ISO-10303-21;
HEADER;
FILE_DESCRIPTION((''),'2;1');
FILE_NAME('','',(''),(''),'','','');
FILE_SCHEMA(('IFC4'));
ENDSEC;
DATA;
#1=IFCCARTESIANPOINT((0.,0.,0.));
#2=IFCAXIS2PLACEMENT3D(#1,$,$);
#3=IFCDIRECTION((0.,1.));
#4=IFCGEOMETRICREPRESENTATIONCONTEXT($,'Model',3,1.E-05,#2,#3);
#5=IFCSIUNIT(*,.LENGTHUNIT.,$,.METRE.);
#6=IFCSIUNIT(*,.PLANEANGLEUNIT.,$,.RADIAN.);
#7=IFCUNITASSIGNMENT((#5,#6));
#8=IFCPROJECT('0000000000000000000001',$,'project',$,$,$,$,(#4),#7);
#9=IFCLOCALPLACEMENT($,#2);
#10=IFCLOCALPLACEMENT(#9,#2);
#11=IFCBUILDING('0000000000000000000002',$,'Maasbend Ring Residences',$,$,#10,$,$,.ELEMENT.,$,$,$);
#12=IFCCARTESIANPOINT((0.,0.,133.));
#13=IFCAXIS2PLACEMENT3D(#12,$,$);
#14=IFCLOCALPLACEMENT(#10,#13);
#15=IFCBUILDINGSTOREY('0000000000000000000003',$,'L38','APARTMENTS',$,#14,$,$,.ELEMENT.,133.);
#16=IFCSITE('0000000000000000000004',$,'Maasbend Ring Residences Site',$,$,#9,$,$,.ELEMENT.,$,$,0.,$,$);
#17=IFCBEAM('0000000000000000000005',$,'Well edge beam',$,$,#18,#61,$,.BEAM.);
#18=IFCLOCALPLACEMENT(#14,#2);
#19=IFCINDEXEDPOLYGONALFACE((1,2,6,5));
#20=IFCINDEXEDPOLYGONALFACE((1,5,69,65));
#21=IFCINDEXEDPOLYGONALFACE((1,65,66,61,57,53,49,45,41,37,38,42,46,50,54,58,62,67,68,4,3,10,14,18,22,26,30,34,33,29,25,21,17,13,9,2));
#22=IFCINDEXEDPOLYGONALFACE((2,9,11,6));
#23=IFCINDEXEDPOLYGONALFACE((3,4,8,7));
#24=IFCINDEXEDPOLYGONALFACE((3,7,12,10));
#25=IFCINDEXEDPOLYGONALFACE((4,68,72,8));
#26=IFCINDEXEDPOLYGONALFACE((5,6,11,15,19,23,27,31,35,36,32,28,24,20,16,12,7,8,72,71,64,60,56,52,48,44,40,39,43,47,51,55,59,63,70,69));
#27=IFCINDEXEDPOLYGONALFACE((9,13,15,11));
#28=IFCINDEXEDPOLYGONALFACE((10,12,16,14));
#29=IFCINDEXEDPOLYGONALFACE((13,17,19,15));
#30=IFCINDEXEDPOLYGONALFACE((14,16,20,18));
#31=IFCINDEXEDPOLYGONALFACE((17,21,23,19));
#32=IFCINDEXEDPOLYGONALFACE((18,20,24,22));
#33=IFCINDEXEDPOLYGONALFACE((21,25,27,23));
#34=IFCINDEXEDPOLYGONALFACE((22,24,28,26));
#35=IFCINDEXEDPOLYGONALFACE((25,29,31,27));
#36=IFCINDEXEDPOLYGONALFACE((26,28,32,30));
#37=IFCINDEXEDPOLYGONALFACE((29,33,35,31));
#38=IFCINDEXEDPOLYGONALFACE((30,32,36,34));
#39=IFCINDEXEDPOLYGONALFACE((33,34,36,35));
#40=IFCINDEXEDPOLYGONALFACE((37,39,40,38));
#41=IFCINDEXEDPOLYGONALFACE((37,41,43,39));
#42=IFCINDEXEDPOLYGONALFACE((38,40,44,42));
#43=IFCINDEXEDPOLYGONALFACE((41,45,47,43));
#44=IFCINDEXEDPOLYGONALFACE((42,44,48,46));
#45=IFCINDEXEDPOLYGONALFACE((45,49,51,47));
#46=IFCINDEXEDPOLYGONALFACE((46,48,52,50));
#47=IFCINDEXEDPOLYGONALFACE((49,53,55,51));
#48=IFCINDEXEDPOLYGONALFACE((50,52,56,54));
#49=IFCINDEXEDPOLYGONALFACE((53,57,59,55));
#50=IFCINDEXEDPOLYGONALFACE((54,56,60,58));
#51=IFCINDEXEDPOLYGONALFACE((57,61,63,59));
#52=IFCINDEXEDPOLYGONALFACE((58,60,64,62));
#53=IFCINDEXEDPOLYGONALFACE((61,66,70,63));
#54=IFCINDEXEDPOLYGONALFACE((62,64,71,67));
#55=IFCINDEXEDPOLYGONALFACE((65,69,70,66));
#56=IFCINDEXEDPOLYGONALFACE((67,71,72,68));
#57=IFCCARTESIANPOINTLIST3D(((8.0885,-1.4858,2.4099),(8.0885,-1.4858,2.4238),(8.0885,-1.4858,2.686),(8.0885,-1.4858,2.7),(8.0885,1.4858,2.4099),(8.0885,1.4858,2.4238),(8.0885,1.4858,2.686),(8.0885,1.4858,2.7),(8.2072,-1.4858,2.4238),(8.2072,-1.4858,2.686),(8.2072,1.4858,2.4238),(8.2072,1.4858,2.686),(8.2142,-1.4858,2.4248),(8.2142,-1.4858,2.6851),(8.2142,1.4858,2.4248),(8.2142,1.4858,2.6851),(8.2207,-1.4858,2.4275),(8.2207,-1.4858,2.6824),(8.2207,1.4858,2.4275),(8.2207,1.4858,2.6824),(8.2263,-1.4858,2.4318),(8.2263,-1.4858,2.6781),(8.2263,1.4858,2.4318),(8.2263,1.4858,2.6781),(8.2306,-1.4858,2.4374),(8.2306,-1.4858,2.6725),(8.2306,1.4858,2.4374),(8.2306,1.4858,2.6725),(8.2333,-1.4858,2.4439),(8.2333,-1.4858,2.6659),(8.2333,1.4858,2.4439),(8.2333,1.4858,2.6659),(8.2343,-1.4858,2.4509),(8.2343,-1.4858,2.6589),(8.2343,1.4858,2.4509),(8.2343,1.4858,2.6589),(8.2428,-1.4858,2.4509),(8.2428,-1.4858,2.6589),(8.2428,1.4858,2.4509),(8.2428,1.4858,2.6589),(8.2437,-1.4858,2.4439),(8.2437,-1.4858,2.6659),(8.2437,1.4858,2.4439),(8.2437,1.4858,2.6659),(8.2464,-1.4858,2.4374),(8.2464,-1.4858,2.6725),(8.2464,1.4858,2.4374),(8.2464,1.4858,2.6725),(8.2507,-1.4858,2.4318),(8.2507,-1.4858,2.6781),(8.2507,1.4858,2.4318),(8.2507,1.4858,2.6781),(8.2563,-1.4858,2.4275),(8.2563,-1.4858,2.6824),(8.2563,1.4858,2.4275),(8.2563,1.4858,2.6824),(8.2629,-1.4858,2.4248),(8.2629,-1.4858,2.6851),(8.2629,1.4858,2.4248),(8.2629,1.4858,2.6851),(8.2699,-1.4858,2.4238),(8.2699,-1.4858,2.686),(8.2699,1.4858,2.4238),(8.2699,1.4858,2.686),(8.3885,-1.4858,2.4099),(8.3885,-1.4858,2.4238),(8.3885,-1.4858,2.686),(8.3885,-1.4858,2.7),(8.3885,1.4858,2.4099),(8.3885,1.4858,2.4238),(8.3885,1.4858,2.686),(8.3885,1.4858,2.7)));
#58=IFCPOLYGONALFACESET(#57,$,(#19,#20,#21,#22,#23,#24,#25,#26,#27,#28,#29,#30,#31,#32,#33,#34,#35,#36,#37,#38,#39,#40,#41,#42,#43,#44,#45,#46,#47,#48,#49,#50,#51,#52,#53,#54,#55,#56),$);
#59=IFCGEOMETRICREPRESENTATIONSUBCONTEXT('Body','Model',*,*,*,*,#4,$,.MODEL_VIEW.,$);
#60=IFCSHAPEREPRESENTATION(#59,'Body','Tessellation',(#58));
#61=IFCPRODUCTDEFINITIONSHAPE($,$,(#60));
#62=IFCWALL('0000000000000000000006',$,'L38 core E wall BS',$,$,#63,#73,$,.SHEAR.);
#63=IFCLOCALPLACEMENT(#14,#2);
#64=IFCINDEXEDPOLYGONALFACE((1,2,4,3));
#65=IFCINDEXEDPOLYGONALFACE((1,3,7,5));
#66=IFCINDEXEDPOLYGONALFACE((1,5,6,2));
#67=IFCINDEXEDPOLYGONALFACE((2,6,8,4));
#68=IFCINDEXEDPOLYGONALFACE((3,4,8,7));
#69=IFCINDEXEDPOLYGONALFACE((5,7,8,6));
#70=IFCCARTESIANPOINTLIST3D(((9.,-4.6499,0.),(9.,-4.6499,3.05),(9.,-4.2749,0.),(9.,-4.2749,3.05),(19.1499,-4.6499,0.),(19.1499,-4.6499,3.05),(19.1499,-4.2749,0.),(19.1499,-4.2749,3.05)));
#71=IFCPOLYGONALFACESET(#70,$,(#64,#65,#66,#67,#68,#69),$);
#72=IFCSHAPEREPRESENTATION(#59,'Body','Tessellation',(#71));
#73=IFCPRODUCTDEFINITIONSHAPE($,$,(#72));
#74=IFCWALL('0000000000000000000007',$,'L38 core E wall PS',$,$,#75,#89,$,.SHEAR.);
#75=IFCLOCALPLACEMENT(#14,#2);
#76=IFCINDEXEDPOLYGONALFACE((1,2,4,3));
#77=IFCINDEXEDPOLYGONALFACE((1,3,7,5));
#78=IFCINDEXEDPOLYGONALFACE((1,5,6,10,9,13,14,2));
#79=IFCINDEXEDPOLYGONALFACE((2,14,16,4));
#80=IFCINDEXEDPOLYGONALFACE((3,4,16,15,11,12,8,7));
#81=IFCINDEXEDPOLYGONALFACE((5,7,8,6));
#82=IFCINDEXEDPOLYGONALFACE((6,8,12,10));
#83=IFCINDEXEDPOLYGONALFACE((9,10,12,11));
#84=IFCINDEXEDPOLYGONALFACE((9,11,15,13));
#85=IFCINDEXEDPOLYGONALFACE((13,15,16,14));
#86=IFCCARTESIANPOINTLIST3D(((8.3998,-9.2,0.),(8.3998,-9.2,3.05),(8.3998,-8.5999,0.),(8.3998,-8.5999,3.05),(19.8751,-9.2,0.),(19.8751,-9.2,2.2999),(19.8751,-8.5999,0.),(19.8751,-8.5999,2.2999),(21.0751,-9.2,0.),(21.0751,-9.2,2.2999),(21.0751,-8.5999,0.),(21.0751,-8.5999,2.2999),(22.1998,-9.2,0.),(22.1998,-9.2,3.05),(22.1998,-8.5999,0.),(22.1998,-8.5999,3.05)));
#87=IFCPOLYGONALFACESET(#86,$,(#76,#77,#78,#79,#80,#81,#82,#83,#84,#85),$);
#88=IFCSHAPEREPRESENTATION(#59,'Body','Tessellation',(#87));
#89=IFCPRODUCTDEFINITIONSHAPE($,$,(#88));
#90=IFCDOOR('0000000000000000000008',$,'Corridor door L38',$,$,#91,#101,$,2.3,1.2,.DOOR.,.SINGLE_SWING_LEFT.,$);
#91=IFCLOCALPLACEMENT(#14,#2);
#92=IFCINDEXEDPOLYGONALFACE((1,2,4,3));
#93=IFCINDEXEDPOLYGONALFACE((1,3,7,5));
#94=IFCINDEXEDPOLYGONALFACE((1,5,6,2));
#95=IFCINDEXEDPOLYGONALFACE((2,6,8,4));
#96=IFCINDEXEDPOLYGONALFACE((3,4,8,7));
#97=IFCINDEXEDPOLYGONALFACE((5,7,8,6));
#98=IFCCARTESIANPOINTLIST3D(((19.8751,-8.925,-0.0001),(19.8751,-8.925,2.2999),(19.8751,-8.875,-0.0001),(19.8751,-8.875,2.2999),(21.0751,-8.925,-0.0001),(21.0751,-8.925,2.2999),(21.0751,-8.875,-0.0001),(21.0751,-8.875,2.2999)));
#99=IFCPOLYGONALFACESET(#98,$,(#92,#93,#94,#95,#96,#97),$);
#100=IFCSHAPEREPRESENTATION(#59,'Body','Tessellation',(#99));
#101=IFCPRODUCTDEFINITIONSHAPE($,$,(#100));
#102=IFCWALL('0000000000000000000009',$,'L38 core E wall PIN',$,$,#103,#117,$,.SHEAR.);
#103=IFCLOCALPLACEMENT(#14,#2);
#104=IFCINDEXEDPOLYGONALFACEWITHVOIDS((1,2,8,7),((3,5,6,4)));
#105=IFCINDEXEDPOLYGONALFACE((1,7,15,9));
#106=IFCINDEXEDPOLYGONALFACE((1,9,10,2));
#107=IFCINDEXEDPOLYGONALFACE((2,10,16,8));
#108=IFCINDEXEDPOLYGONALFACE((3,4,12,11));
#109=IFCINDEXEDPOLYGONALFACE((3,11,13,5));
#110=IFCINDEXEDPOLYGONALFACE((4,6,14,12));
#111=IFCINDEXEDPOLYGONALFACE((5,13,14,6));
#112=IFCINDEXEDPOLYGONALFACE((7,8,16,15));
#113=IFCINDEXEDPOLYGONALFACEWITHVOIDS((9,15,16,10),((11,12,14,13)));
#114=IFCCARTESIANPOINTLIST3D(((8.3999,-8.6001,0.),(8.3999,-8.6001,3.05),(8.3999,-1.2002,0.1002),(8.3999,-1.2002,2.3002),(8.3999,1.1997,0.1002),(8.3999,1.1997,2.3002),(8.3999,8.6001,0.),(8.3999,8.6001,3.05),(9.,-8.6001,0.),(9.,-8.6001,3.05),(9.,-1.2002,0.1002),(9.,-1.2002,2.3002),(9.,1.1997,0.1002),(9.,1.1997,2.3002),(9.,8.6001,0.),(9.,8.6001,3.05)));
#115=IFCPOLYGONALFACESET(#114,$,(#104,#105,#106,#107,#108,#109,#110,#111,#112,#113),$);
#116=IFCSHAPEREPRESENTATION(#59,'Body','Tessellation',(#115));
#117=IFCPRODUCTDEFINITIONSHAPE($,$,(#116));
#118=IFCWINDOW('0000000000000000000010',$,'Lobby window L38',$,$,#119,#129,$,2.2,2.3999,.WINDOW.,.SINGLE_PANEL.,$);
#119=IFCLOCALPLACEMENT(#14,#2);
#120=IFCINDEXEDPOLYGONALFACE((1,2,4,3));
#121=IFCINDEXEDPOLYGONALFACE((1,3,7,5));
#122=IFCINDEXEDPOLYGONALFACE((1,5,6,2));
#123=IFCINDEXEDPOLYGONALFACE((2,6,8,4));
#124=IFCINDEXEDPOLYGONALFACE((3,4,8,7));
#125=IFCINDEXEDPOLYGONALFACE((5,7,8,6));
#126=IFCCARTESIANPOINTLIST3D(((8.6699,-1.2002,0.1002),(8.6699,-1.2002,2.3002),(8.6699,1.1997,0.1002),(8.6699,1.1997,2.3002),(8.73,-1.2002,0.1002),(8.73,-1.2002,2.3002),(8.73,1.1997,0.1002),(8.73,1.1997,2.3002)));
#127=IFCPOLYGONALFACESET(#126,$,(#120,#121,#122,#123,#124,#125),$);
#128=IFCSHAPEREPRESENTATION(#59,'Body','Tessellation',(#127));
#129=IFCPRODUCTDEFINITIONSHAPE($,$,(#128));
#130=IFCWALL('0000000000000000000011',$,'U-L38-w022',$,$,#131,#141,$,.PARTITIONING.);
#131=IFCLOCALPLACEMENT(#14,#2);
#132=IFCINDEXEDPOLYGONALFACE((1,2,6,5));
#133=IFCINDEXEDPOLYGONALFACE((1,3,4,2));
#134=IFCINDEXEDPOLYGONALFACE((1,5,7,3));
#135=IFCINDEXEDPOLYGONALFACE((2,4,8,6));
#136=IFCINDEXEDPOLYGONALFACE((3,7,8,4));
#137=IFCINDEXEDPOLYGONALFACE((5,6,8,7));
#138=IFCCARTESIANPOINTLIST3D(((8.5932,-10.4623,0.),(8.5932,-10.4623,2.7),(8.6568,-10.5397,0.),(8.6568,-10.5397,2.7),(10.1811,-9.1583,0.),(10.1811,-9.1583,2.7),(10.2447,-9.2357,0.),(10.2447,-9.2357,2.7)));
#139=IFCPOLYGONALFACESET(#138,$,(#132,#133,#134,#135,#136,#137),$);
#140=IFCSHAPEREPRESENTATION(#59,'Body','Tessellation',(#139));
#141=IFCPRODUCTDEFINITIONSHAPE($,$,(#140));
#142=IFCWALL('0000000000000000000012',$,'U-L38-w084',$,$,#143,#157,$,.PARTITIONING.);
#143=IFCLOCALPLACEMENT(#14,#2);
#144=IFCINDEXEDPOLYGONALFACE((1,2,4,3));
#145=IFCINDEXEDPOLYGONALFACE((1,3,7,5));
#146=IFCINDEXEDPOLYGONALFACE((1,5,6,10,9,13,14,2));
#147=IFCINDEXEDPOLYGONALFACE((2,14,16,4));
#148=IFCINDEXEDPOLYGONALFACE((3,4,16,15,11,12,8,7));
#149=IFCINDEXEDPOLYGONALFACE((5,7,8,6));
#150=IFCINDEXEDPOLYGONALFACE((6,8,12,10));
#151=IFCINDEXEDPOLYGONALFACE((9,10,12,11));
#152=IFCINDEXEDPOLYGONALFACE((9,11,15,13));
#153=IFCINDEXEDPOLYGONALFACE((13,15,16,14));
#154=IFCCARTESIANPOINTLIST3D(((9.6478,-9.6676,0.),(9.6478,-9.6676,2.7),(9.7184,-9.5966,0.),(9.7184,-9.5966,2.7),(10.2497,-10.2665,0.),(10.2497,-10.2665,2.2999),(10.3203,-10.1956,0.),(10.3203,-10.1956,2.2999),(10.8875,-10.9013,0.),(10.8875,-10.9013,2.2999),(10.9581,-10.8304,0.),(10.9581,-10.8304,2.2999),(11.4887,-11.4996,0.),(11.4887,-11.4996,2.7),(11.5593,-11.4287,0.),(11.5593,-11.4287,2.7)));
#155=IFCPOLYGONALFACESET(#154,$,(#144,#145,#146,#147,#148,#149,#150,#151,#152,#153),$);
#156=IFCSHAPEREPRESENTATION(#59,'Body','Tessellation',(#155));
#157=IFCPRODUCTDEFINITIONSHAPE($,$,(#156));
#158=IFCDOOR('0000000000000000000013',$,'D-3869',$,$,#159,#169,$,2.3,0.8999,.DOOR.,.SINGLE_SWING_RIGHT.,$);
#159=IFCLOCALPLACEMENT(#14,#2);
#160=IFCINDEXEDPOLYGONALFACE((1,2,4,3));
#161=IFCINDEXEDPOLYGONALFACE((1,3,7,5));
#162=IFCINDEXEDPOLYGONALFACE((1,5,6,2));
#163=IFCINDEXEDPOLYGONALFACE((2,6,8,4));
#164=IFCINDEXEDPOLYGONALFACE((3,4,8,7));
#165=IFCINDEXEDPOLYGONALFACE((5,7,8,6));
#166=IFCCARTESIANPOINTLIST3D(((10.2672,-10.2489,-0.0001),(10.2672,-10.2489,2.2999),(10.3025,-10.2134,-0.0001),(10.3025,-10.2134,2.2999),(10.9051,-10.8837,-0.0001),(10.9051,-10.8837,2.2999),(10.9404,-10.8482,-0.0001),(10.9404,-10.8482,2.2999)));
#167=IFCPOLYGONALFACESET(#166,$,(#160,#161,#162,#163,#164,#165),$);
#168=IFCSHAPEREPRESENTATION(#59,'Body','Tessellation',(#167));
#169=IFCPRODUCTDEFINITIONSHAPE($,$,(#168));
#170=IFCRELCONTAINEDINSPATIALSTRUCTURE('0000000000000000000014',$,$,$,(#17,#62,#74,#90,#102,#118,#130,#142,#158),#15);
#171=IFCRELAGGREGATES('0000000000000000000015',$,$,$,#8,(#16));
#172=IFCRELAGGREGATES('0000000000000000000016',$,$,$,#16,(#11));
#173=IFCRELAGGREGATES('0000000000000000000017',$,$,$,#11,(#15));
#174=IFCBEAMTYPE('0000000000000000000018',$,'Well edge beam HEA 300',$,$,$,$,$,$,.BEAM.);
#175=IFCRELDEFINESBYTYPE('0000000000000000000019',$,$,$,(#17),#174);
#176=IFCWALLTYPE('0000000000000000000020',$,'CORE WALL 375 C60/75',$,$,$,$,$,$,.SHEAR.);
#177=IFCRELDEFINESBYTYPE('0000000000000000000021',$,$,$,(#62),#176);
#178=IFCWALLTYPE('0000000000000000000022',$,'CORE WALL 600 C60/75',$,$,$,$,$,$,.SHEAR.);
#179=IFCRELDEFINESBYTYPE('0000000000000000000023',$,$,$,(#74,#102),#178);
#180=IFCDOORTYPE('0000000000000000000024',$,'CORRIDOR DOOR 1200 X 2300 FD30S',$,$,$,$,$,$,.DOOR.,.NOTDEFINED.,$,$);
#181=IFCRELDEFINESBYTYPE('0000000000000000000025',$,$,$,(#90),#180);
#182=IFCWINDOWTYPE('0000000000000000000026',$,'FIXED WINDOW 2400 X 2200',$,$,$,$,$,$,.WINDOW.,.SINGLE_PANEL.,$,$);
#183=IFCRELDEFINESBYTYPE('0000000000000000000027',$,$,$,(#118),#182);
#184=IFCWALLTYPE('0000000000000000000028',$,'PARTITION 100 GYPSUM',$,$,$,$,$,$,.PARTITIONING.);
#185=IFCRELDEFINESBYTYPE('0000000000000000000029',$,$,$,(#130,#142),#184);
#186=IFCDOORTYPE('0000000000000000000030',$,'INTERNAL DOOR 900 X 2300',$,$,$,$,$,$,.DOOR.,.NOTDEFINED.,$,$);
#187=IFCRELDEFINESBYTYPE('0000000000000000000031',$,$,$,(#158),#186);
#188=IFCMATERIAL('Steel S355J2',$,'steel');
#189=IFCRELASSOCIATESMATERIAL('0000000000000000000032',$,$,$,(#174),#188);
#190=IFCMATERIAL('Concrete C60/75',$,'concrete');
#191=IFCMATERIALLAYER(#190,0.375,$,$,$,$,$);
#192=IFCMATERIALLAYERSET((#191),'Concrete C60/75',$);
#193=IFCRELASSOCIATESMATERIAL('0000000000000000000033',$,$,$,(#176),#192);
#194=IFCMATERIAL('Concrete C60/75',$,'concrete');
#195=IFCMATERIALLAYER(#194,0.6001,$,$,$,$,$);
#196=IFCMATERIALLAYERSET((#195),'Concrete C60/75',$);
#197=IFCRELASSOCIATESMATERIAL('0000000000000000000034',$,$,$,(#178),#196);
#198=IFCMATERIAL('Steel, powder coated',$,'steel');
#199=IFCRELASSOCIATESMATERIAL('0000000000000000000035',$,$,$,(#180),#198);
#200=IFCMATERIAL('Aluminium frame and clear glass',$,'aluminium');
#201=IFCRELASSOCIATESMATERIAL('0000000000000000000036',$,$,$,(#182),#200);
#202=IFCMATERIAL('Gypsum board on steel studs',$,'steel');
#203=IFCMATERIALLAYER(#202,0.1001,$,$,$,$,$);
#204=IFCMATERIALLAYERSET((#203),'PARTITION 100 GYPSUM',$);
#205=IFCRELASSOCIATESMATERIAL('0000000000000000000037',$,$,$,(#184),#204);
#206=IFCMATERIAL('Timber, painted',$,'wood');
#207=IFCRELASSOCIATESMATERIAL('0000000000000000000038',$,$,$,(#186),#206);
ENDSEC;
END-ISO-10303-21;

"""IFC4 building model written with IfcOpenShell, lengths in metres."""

from ifc_helpers import new_model, si_unit, direction, frame, frame_2d, origin, origin_2d, place, context, subcontext, project, spatial, rectangle, i_section, extrude, material, layer, layer_set, material_profile, profile_set, type_object, element, fill, save


model = new_model("IFC4")

# Units and contexts
model_context = context("Model", 3, precision=1e-05, world=origin(), true_north=direction((0.0, 1.0)))
body_context = subcontext(model_context, "Body", "Model", "MODEL_VIEW")
ifc_project = project(units=[si_unit("LENGTHUNIT", "METRE"), si_unit("PLANEANGLEUNIT", "RADIAN")], contexts=[model_context])

# Site, building, storey
site_placement = place(None, origin())
site = spatial("IfcSite", under=ifc_project, at=site_placement, Name="Maasbend Ring Residences Site", CompositionType="ELEMENT", RefElevation=0.0)
building_placement = place(site_placement, origin())
building = spatial("IfcBuilding", under=site, at=building_placement, Name="Maasbend Ring Residences", CompositionType="ELEMENT")
storey_placement = place(building_placement, frame((0.0, 0.0, 133.0)))
storey = spatial("IfcBuildingStorey", under=building, at=storey_placement, Name="L38", Description="APARTMENTS", CompositionType="ELEMENT", Elevation=133.0)

# Beam
ifc_material_1 = material(Name="Steel S355J2", Category="steel")
ifc_material_profile_1 = material_profile(ifc_material_1, i_section(OverallWidth=0.3, OverallDepth=0.29, WebThickness=0.0085, FlangeThickness=0.0139, FilletRadius=0.0271, at=origin_2d()), Name="HEA 300")
ifc_profile_set_1 = profile_set([ifc_material_profile_1], Name="Steel S355J2")
beam_type = type_object("IfcBeamType", Name="Well edge beam HEA 300", PredefinedType="BEAM", material=ifc_profile_set_1)
for number, where, z_axis, x_axis, name in (
    (1, (8.2385, -1.4858, 2.5549), (0.0, 1.0, 0.0), (-1.0, 0.0, 0.0), "Well edge beam"),
):
    element("IfcBeam", number, at=place(storey_placement, frame(where, z_axis=z_axis, x_axis=x_axis)), inside=storey, type_object=beam_type, Name=name, PredefinedType="BEAM", context=body_context, shape_type="SweptSolid", body=[
        extrude(i_section(OverallWidth=0.3, OverallDepth=0.29, WebThickness=0.0085, FlangeThickness=0.0139, FilletRadius=0.0271, at=origin_2d()), origin(), (0.0, 0.0, 1.0), 2.9717),
    ])

# Wall
ifc_material_2 = material(Name="Concrete C60/75", Category="concrete")
ifc_layer_1 = layer(ifc_material_2, 0.375)
ifc_layer_set_1 = layer_set([ifc_layer_1], Name="Concrete C60/75")
wall_type_1 = type_object("IfcWallType", Name="CORE WALL 375 C60/75", PredefinedType="SHEAR", material=ifc_layer_set_1)
wall_1_placement = place(storey_placement, frame((9.0, -4.4624, 0.0), z_axis=(0.0, 0.0, 1.0), x_axis=(1.0, 0.0, 0.0)))
element("IfcWall", 2, at=wall_1_placement, inside=storey, type_object=wall_type_1, Name="L38 core E wall BS", PredefinedType="SHEAR", context=body_context, shape_type="SweptSolid", body=[
    extrude(rectangle(XDim=10.1499, YDim=0.375, at=frame_2d((5.075, 0.0))), origin(), (0.0, 0.0, 1.0), 3.05),
])

# Wall, opening, door
ifc_material_3 = material(Name="Concrete C60/75", Category="concrete")
ifc_layer_2 = layer(ifc_material_3, 0.6001)
ifc_layer_set_2 = layer_set([ifc_layer_2], Name="Concrete C60/75")
wall_type_2 = type_object("IfcWallType", Name="CORE WALL 600 C60/75", PredefinedType="SHEAR", material=ifc_layer_set_2)
wall_2_placement = place(storey_placement, frame((8.3999, -8.8999, 0.0), z_axis=(0.0, 0.0, 1.0), x_axis=(1.0, 0.0, 0.0)))
wall_2 = element("IfcWall", 3, at=wall_2_placement, inside=storey, type_object=wall_type_2, Name="L38 core E wall PS", PredefinedType="SHEAR", context=body_context, shape_type="SweptSolid", body=[
    extrude(rectangle(XDim=13.8, YDim=0.6001, at=frame_2d((6.8999, 0.0))), origin(), (0.0, 0.0, 1.0), 3.05),
])
opening_1_placement = place(wall_2_placement, frame((11.4751, 0.0, 0.0)))
opening_1 = element("IfcOpeningElement", 4, at=opening_1_placement, cuts=wall_2, PredefinedType="OPENING", context=body_context, shape_type="SweptSolid", body=[
    extrude(rectangle(XDim=1.2, YDim=2.3, at=frame_2d((0.6001, 1.1499))), frame((0.0, 0.3101, 0.0), z_axis=(0.0, -1.0, 0.0), x_axis=(1.0, 0.0, 0.0)), (0.0, 0.0, 1.0), 0.6201),
])
ifc_material_4 = material(Name="Steel, powder coated", Category="steel")
door_type_1 = type_object("IfcDoorType", Name="CORRIDOR DOOR 1200 X 2300 FD30S", OperationType="NOTDEFINED", PredefinedType="DOOR", material=ifc_material_4)
door_1_placement = place(opening_1_placement, origin())
door_1 = element("IfcDoor", 5, at=door_1_placement, inside=storey, type_object=door_type_1, Name="Corridor door L38", OperationType="SINGLE_SWING_LEFT", OverallHeight=2.3, OverallWidth=1.2, PredefinedType="DOOR", context=body_context, shape_type="SweptSolid", body=[
    extrude(rectangle(XDim=1.2, YDim=2.3, at=frame_2d((0.6001, 1.1499))), frame((0.0, 0.0249, 0.0), z_axis=(0.0, -1.0, 0.0), x_axis=(1.0, 0.0, 0.0)), (0.0, 0.0, 1.0), 0.05),
])
fill(opening_1, door_1)

# Wall, opening, window
wall_3_placement = place(storey_placement, frame((8.7, -8.6001, 0.0), z_axis=(0.0, 0.0, 1.0), x_axis=(0.0, 1.0, 0.0)))
wall_3 = element("IfcWall", 6, at=wall_3_placement, inside=storey, type_object=wall_type_2, Name="L38 core E wall PIN", PredefinedType="SHEAR", context=body_context, shape_type="SweptSolid", body=[
    extrude(rectangle(XDim=17.2002, YDim=0.6001, at=frame_2d((8.6001, 0.0))), origin(), (0.0, 0.0, 1.0), 3.05),
])
opening_2_placement = place(wall_3_placement, frame((7.3999, 0.0, 0.1001)))
opening_2 = element("IfcOpeningElement", 7, at=opening_2_placement, cuts=wall_3, PredefinedType="OPENING", context=body_context, shape_type="SweptSolid", body=[
    extrude(rectangle(XDim=2.3999, YDim=2.2, at=frame_2d((1.2, 1.1001))), frame((0.0, 0.3101, 0.0), z_axis=(0.0, -1.0, 0.0), x_axis=(1.0, 0.0, 0.0)), (0.0, 0.0, 1.0), 0.6201),
])
ifc_material_5 = material(Name="Aluminium frame and clear glass", Category="aluminium")
window_type = type_object("IfcWindowType", Name="FIXED WINDOW 2400 X 2200", PartitioningType="SINGLE_PANEL", PredefinedType="WINDOW", material=ifc_material_5)
window_placement = place(opening_2_placement, origin())
window = element("IfcWindow", 8, at=window_placement, inside=storey, type_object=window_type, Name="Lobby window L38", OverallHeight=2.2, OverallWidth=2.3999, PartitioningType="SINGLE_PANEL", PredefinedType="WINDOW", context=body_context, shape_type="SweptSolid", body=[
    extrude(rectangle(XDim=2.3999, YDim=2.2, at=frame_2d((1.2, 1.1001))), frame((0.0, 0.03, 0.0), z_axis=(0.0, -1.0, 0.0), x_axis=(1.0, 0.0, 0.0)), (0.0, 0.0, 1.0), 0.0601),
])
fill(opening_2, window)

# Wall
ifc_material_6 = material(Name="Gypsum board on steel studs", Category="steel")
ifc_layer_3 = layer(ifc_material_6, 0.1001)
ifc_layer_set_3 = layer_set([ifc_layer_3], Name="PARTITION 100 GYPSUM")
wall_type_3 = type_object("IfcWallType", Name="PARTITION 100 GYPSUM", PredefinedType="PARTITIONING", material=ifc_layer_set_3)
wall_4_placement = place(storey_placement, frame((8.625, -10.501, 0.0), z_axis=(0.0, 0.0, 1.0), x_axis=(0.772818, 0.634628, 0.0)))
element("IfcWall", 9, at=wall_4_placement, inside=storey, type_object=wall_type_3, Name="U-L38-w022", PredefinedType="PARTITIONING", context=body_context, shape_type="SweptSolid", body=[
    extrude(rectangle(XDim=2.0547, YDim=0.1001, at=frame_2d((1.0273, 0.0))), origin(), (0.0, 0.0, 1.0), 2.7),
])

# Wall, opening, door
wall_5_placement = place(storey_placement, frame((9.6831, -9.6321, 0.0), z_axis=(0.0, 0.0, 1.0), x_axis=(0.708797, -0.705413, 0.0)))
wall_5 = element("IfcWall", 10, at=wall_5_placement, inside=storey, type_object=wall_type_3, Name="U-L38-w084", PredefinedType="PARTITIONING", context=body_context, shape_type="SweptSolid", body=[
    extrude(rectangle(XDim=2.5972, YDim=0.1001, at=frame_2d((1.2986, 0.0))), origin(), (0.0, 0.0, 1.0), 2.7),
])
opening_3_placement = place(wall_5_placement, frame((0.8491, 0.0, 0.0)))
opening_3 = element("IfcOpeningElement", 11, at=opening_3_placement, cuts=wall_5, PredefinedType="OPENING", context=body_context, shape_type="SweptSolid", body=[
    extrude(rectangle(XDim=0.8999, YDim=2.3, at=frame_2d((0.45, 1.1499))), frame((0.0, 0.0601, 0.0), z_axis=(0.0, -1.0, 0.0), x_axis=(1.0, 0.0, 0.0)), (0.0, 0.0, 1.0), 0.1201),
])
ifc_material_7 = material(Name="Timber, painted", Category="wood")
door_type_2 = type_object("IfcDoorType", Name="INTERNAL DOOR 900 X 2300", OperationType="NOTDEFINED", PredefinedType="DOOR", material=ifc_material_7)
door_2_placement = place(opening_3_placement, origin())
door_2 = element("IfcDoor", 12, at=door_2_placement, inside=storey, type_object=door_type_2, Name="D-3869", OperationType="SINGLE_SWING_RIGHT", OverallHeight=2.3, OverallWidth=0.8999, PredefinedType="DOOR", context=body_context, shape_type="SweptSolid", body=[
    extrude(rectangle(XDim=0.8999, YDim=2.3, at=frame_2d((0.45, 1.1499))), frame((0.0, 0.0249, 0.0), z_axis=(0.0, -1.0, 0.0), x_axis=(1.0, 0.0, 0.0)), (0.0, 0.0, 1.0), 0.05),
])
fill(opening_3, door_2)

save(model, "model.ifc")
